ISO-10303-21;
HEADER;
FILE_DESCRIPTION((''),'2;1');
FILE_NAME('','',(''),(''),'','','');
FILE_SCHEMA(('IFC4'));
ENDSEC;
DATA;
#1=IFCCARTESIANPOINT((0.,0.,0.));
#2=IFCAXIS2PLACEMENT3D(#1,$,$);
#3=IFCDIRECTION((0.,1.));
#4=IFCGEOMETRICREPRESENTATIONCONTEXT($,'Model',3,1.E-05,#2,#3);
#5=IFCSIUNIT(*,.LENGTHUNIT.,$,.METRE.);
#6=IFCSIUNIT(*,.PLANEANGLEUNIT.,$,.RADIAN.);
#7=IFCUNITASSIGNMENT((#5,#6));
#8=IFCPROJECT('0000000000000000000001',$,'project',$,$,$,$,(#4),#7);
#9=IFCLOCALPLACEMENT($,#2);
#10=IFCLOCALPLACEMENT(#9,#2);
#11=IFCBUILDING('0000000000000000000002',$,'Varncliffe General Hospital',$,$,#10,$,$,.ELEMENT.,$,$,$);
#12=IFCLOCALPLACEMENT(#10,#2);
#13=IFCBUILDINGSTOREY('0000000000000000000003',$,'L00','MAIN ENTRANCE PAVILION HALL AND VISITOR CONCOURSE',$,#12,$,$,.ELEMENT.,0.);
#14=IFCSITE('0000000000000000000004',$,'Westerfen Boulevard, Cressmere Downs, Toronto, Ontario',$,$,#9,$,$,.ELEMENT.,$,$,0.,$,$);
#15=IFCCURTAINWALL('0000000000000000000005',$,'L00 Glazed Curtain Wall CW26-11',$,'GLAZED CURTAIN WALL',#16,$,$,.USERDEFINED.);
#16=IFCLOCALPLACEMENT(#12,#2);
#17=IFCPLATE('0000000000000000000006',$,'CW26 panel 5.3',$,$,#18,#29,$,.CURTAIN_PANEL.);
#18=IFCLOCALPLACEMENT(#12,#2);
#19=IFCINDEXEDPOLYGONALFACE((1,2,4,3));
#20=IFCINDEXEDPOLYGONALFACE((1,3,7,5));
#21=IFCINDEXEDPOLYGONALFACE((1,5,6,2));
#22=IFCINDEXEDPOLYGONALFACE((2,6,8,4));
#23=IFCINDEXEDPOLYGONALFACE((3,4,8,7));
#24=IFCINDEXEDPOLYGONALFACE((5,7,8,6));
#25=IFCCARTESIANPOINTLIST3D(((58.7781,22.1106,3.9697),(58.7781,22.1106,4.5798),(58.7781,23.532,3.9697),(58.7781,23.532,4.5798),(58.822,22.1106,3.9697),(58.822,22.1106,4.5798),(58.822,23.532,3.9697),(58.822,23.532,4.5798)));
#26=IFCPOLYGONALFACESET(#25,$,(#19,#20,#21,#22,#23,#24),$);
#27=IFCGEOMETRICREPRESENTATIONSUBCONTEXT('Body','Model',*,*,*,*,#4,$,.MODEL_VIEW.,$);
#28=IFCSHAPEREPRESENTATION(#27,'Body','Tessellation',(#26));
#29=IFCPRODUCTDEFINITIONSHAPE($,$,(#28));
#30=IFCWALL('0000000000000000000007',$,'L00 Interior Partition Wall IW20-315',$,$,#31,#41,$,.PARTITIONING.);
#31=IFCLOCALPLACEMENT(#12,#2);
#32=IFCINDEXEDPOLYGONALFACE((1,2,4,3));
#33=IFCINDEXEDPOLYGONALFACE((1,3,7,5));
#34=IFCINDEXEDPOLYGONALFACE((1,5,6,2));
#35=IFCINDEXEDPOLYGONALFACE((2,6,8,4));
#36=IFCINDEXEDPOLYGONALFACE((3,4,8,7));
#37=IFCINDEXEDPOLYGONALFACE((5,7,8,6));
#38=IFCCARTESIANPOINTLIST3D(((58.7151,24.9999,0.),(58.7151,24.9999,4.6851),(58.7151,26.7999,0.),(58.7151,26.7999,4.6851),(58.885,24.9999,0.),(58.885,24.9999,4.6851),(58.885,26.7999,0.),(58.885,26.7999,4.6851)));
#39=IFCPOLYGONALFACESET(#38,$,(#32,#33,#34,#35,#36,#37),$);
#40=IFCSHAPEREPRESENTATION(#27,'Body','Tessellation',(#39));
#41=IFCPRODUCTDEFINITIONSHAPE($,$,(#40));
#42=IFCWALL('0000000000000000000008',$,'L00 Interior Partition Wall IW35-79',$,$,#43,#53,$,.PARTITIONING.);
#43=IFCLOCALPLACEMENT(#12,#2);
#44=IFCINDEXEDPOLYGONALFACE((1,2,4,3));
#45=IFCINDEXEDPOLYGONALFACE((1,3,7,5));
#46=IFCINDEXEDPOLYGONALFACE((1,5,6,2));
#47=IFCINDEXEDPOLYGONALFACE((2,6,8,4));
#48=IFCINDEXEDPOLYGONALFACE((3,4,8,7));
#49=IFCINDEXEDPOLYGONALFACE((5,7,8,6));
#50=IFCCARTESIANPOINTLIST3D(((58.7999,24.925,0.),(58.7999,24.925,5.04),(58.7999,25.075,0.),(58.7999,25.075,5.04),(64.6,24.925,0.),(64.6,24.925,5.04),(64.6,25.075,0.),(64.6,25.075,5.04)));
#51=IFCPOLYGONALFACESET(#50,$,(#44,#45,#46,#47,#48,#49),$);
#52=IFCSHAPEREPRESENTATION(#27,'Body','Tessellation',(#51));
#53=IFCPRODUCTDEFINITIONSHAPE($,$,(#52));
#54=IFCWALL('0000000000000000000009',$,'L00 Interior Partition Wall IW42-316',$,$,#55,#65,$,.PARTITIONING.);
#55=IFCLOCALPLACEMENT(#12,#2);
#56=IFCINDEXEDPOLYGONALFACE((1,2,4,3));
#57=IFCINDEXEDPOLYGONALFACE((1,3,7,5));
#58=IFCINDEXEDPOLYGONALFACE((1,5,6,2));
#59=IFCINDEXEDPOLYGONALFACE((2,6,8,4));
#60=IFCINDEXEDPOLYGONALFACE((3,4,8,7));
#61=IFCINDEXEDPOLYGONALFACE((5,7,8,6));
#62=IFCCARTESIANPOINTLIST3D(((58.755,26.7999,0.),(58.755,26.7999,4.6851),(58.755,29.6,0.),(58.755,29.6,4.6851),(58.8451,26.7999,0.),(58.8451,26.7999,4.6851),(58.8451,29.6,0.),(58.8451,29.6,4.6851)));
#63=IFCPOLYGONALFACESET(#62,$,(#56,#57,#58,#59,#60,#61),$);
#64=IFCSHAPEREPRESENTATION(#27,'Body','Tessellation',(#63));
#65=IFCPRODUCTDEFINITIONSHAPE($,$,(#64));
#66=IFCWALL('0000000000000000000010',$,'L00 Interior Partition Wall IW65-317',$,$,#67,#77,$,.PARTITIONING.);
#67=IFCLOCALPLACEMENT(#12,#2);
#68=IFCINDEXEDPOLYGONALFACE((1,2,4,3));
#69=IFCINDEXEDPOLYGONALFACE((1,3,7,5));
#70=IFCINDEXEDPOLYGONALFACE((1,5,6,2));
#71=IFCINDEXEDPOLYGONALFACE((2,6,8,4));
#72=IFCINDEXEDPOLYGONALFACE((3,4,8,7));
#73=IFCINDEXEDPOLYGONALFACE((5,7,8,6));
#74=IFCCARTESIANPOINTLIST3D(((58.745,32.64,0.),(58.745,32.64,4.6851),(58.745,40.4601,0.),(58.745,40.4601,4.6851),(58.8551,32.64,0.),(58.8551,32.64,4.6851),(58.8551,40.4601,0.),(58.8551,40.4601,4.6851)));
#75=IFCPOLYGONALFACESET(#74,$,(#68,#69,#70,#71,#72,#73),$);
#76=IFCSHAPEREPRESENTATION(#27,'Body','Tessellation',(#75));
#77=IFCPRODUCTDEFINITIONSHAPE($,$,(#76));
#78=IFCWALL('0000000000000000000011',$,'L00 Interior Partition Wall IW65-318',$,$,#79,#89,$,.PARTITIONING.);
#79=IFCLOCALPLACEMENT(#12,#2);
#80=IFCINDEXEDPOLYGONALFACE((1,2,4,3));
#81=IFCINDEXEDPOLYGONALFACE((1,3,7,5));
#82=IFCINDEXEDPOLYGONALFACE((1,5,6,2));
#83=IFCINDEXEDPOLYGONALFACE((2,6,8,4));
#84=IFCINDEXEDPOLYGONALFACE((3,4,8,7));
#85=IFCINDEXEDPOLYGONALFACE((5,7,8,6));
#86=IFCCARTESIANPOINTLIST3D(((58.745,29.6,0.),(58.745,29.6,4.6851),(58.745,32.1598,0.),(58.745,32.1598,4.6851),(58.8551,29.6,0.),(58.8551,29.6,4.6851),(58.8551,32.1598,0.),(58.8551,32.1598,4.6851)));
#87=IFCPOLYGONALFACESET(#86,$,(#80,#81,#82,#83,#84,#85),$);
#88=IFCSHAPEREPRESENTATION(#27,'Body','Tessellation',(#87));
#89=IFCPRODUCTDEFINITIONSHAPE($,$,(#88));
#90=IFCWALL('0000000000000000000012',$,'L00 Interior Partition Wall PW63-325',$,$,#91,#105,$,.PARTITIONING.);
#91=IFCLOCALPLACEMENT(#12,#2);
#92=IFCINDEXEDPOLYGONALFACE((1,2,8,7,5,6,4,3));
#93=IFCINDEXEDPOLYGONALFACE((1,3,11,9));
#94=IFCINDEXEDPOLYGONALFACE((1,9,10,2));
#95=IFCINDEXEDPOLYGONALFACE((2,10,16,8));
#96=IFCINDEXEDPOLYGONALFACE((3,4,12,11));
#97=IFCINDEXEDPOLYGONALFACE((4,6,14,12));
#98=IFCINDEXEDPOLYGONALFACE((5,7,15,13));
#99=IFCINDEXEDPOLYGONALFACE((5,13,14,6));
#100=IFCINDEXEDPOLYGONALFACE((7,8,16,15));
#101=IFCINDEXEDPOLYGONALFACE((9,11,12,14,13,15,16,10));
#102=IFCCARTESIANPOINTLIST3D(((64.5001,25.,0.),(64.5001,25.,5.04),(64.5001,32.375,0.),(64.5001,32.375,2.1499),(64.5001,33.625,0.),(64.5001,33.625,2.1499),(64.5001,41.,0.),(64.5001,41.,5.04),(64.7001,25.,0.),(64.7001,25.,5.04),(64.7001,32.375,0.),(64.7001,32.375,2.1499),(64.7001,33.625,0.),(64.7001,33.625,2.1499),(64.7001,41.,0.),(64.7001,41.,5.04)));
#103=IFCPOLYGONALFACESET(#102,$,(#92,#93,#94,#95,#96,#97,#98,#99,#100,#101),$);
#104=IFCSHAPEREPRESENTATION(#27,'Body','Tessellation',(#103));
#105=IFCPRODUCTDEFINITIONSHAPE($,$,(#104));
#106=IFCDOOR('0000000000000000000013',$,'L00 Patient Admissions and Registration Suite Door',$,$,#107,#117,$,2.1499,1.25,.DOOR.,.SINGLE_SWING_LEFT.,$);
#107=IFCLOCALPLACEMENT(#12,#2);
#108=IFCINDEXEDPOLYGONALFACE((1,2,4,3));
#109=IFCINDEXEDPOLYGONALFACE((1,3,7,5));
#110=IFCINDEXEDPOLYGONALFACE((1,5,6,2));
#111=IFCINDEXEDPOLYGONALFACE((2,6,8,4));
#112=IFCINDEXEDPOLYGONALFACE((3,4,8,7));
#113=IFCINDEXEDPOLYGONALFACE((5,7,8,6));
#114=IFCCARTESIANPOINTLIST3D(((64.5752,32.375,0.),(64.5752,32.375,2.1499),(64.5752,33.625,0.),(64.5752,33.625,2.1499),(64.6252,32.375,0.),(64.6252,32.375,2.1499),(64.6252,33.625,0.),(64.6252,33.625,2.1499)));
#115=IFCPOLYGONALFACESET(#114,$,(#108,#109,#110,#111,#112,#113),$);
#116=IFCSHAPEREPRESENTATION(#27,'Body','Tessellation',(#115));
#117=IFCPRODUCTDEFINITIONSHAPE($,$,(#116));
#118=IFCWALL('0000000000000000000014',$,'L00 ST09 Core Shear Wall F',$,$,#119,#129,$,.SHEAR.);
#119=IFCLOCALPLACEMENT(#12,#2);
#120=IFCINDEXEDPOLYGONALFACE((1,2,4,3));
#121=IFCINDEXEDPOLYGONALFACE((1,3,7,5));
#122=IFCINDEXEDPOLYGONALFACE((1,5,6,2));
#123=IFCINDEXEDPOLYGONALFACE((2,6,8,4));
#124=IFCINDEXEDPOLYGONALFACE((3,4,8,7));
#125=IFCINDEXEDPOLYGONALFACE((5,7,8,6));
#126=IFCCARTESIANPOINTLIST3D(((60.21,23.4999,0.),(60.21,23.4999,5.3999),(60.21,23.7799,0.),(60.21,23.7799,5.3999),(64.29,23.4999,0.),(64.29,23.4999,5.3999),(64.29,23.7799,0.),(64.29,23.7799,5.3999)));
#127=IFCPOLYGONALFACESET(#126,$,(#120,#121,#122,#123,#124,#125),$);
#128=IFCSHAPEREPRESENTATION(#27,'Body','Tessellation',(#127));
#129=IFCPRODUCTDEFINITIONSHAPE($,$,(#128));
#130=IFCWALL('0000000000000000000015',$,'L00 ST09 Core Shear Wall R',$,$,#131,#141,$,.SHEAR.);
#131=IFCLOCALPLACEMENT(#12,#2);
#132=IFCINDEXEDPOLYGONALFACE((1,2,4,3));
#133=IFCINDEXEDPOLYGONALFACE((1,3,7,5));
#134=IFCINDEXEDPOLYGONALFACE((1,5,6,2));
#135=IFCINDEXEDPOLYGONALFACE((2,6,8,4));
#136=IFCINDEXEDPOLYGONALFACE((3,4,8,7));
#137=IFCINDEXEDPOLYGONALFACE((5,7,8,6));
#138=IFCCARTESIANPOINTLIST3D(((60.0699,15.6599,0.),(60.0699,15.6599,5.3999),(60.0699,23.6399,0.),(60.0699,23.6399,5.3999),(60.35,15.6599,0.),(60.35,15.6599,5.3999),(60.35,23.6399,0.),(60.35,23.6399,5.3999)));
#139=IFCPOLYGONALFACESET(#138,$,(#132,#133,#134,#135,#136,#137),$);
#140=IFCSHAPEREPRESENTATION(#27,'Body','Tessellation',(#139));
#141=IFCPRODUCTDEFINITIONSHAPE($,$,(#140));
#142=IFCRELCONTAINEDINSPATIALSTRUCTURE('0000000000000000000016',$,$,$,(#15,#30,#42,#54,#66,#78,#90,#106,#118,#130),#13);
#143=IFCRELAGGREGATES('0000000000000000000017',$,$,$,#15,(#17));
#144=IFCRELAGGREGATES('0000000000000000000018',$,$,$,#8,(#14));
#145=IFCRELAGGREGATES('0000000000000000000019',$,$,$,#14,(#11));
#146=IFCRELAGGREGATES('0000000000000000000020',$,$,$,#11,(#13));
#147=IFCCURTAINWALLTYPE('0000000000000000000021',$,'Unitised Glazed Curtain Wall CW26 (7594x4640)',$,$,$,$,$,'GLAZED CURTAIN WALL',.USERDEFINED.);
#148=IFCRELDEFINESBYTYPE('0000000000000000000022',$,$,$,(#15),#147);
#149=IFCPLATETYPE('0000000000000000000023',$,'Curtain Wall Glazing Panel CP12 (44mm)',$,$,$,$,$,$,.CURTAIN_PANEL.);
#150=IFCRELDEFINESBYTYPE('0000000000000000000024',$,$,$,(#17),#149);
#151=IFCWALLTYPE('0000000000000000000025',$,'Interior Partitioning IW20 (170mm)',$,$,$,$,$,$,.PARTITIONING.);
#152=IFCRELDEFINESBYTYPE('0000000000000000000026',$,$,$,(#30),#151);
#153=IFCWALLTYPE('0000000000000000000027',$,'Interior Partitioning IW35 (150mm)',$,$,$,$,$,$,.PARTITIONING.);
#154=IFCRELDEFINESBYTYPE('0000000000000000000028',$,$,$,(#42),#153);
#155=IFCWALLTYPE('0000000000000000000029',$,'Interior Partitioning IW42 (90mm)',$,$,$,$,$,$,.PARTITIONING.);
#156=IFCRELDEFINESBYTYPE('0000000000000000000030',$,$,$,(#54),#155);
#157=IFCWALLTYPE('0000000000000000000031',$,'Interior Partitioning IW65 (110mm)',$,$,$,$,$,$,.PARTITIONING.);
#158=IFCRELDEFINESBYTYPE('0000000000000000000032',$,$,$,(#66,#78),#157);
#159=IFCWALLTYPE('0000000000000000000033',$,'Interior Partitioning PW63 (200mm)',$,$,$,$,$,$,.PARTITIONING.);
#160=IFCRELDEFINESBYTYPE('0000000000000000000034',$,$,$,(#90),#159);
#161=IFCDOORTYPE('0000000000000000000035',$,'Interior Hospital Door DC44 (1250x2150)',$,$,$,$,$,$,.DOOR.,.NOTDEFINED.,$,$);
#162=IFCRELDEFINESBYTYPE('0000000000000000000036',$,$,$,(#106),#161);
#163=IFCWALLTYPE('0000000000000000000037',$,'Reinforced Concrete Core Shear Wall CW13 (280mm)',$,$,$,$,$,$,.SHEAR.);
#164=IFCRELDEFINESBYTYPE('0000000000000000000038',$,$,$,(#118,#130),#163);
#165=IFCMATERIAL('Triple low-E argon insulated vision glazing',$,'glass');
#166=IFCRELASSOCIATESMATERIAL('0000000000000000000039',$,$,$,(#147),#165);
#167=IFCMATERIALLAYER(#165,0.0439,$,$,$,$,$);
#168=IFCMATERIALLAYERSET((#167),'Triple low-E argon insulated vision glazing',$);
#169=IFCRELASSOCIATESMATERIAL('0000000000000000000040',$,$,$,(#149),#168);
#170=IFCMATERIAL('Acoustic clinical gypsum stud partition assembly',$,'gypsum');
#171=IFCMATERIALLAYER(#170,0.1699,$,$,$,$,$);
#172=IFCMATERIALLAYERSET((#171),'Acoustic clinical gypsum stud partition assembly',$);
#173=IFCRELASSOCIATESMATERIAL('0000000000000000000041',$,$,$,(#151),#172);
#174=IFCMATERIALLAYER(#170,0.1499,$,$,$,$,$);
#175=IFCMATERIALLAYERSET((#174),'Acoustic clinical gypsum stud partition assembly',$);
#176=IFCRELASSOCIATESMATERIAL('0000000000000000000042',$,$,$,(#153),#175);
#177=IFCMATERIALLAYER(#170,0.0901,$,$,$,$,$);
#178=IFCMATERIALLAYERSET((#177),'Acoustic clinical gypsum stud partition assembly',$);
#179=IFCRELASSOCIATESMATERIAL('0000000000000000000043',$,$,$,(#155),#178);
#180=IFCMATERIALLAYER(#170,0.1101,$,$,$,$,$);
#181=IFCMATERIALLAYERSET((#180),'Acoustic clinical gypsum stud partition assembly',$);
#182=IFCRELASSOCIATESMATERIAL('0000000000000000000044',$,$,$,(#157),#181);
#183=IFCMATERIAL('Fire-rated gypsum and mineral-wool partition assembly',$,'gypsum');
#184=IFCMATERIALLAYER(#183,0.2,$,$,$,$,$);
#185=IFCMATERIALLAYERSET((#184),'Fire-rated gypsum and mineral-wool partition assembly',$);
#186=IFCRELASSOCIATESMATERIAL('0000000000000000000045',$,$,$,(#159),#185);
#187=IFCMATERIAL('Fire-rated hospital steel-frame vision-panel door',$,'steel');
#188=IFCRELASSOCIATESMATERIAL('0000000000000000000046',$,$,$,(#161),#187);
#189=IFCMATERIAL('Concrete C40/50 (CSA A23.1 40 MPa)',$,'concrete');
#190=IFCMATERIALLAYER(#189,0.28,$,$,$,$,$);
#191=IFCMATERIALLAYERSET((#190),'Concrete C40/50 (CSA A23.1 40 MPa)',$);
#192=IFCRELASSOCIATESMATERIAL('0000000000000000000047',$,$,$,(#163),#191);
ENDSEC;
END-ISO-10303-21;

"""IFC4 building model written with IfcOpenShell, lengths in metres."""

from ifc_helpers import new_model, si_unit, direction, frame, frame_2d, origin, origin_2d, place, context, subcontext, project, spatial, rectangle, extrude, material, layer, layer_set, type_object, element, fill, aggregate, save


model = new_model("IFC4")

# Units and contexts
model_context = context("Model", 3, precision=1e-05, world=origin(), true_north=direction((0.0, 1.0)))
body_context = subcontext(model_context, "Body", "Model", "MODEL_VIEW")
ifc_project = project(units=[si_unit("LENGTHUNIT", "METRE"), si_unit("PLANEANGLEUNIT", "RADIAN")], contexts=[model_context])

# Site, building, storey
site_placement = place(None, origin())
site = spatial("IfcSite", under=ifc_project, at=site_placement, Name="Westerfen Boulevard, Cressmere Downs, Toronto, Ontario", CompositionType="ELEMENT", RefElevation=0.0)
building_placement = place(site_placement, origin())
building = spatial("IfcBuilding", under=site, at=building_placement, Name="Varncliffe General Hospital", CompositionType="ELEMENT")
storey_placement = place(building_placement, origin())
storey = spatial("IfcBuildingStorey", under=building, at=storey_placement, Name="L00", Description="MAIN ENTRANCE PAVILION HALL AND VISITOR CONCOURSE", CompositionType="ELEMENT", Elevation=0.0)

# Shared definitions
ifc_material_1 = material(Name="Concrete C40/50 (CSA A23.1 40 MPa)", Category="concrete")

# Curtain wall, plate
ifc_material_2 = material(Name="Triple low-E argon insulated vision glazing", Category="glass")
curtain_wall_type = type_object("IfcCurtainWallType", Name="Unitised Glazed Curtain Wall CW26 (7594x4640)", ElementType="GLAZED CURTAIN WALL", PredefinedType="USERDEFINED", material=ifc_material_2)
curtain_wall_placement = place(storey_placement, origin())
curtain_wall = element("IfcCurtainWall", 1, at=curtain_wall_placement, inside=storey, type_object=curtain_wall_type, Name="L00 Glazed Curtain Wall CW26-11", ObjectType="GLAZED CURTAIN WALL", PredefinedType="USERDEFINED")
ifc_layer_1 = layer(ifc_material_2, 0.0439)
ifc_layer_set_1 = layer_set([ifc_layer_1], Name="Triple low-E argon insulated vision glazing")
plate_type = type_object("IfcPlateType", Name="Curtain Wall Glazing Panel CP12 (44mm)", PredefinedType="CURTAIN_PANEL", material=ifc_layer_set_1)
plate_1_placement = place(storey_placement, frame((58.8, 22.8213, 3.9697), z_axis=(0.0, 0.0, 1.0), x_axis=(0.0, 1.0, 0.0)))
plate_1 = element("IfcPlate", 2, at=plate_1_placement, type_object=plate_type, Name="CW26 panel 5.3", PredefinedType="CURTAIN_PANEL", context=body_context, shape_type="SweptSolid", body=[
    extrude(rectangle(XDim=1.4214, YDim=0.0439, at=origin_2d()), origin(), (0.0, 0.0, 1.0), 0.6101),
])
aggregate(curtain_wall, [plate_1])

# Walls
ifc_material_3 = material(Name="Acoustic clinical gypsum stud partition assembly", Category="gypsum")
ifc_layer_2 = layer(ifc_material_3, 0.1699)
ifc_layer_set_2 = layer_set([ifc_layer_2], Name="Acoustic clinical gypsum stud partition assembly")
wall_type_1 = type_object("IfcWallType", Name="Interior Partitioning IW20 (170mm)", PredefinedType="PARTITIONING", material=ifc_layer_set_2)
wall_1_placement = place(storey_placement, frame((58.8, 25.0, 0.0), z_axis=(0.0, 0.0, 1.0), x_axis=(0.0, 1.0, 0.0)))
element("IfcWall", 3, at=wall_1_placement, inside=storey, type_object=wall_type_1, Name="L00 Interior Partition Wall IW20-315", PredefinedType="PARTITIONING", context=body_context, shape_type="SweptSolid", body=[
    extrude(rectangle(XDim=1.8, YDim=0.1699, at=frame_2d((0.8999, 0.0))), origin(), (0.0, 0.0, 1.0), 4.6851),
])
ifc_layer_3 = layer(ifc_material_3, 0.1499)
ifc_layer_set_3 = layer_set([ifc_layer_3], Name="Acoustic clinical gypsum stud partition assembly")
wall_type_2 = type_object("IfcWallType", Name="Interior Partitioning IW35 (150mm)", PredefinedType="PARTITIONING", material=ifc_layer_set_3)
wall_2_placement = place(storey_placement, frame((58.8, 25.0, 0.0), z_axis=(0.0, 0.0, 1.0), x_axis=(1.0, 0.0, 0.0)))
element("IfcWall", 4, at=wall_2_placement, inside=storey, type_object=wall_type_2, Name="L00 Interior Partition Wall IW35-79", PredefinedType="PARTITIONING", context=body_context, shape_type="SweptSolid", body=[
    extrude(rectangle(XDim=5.8, YDim=0.1499, at=frame_2d((2.8999, 0.0))), origin(), (0.0, 0.0, 1.0), 5.04),
])
ifc_layer_4 = layer(ifc_material_3, 0.0901)
ifc_layer_set_4 = layer_set([ifc_layer_4], Name="Acoustic clinical gypsum stud partition assembly")
wall_type_3 = type_object("IfcWallType", Name="Interior Partitioning IW42 (90mm)", PredefinedType="PARTITIONING", material=ifc_layer_set_4)
wall_3_placement = place(storey_placement, frame((58.8, 26.8, 0.0), z_axis=(0.0, 0.0, 1.0), x_axis=(0.0, 1.0, 0.0)))
element("IfcWall", 5, at=wall_3_placement, inside=storey, type_object=wall_type_3, Name="L00 Interior Partition Wall IW42-316", PredefinedType="PARTITIONING", context=body_context, shape_type="SweptSolid", body=[
    extrude(rectangle(XDim=2.8, YDim=0.0901, at=frame_2d((1.3999, 0.0))), origin(), (0.0, 0.0, 1.0), 4.6851),
])
ifc_layer_5 = layer(ifc_material_3, 0.1101)
ifc_layer_set_5 = layer_set([ifc_layer_5], Name="Acoustic clinical gypsum stud partition assembly")
wall_type_4 = type_object("IfcWallType", Name="Interior Partitioning IW65 (110mm)", PredefinedType="PARTITIONING", material=ifc_layer_set_5)
wall_4_placement = place(storey_placement, frame((58.8, 32.6399, 0.0), z_axis=(0.0, 0.0, 1.0), x_axis=(0.0, 1.0, 0.0)))
element("IfcWall", 6, at=wall_4_placement, inside=storey, type_object=wall_type_4, Name="L00 Interior Partition Wall IW65-317", PredefinedType="PARTITIONING", context=body_context, shape_type="SweptSolid", body=[
    extrude(rectangle(XDim=7.8201, YDim=0.1101, at=frame_2d((3.9102, 0.0))), origin(), (0.0, 0.0, 1.0), 4.6851),
])
wall_5_placement = place(storey_placement, frame((58.8, 29.6001, 0.0), z_axis=(0.0, 0.0, 1.0), x_axis=(0.0, 1.0, 0.0)))
element("IfcWall", 7, at=wall_5_placement, inside=storey, type_object=wall_type_4, Name="L00 Interior Partition Wall IW65-318", PredefinedType="PARTITIONING", context=body_context, shape_type="SweptSolid", body=[
    extrude(rectangle(XDim=2.5598, YDim=0.1101, at=frame_2d((1.2798, 0.0))), origin(), (0.0, 0.0, 1.0), 4.6851),
])

# Wall, opening, door
ifc_material_4 = material(Name="Fire-rated gypsum and mineral-wool partition assembly", Category="gypsum")
ifc_layer_6 = layer(ifc_material_4, 0.2)
ifc_layer_set_6 = layer_set([ifc_layer_6], Name="Fire-rated gypsum and mineral-wool partition assembly")
wall_type_5 = type_object("IfcWallType", Name="Interior Partitioning PW63 (200mm)", PredefinedType="PARTITIONING", material=ifc_layer_set_6)
wall_6_placement = place(storey_placement, frame((64.6001, 25.0, 0.0), z_axis=(0.0, 0.0, 1.0), x_axis=(0.0, 1.0, 0.0)))
wall_6 = element("IfcWall", 8, at=wall_6_placement, inside=storey, type_object=wall_type_5, Name="L00 Interior Partition Wall PW63-325", PredefinedType="PARTITIONING", context=body_context, shape_type="SweptSolid", body=[
    extrude(rectangle(XDim=16.0, YDim=0.2, at=frame_2d((8.0, 0.0))), origin(), (0.0, 0.0, 1.0), 5.04),
])
opening_placement = place(wall_6_placement, frame((7.375, 0.0, 0.0)))
opening = element("IfcOpeningElement", 9, at=opening_placement, cuts=wall_6, PredefinedType="OPENING", context=body_context, shape_type="SweptSolid", body=[
    extrude(rectangle(XDim=1.25, YDim=2.1499, at=frame_2d((0.625, 1.075))), frame((0.0, 0.1099, 0.0), z_axis=(0.0, -1.0, 0.0), x_axis=(1.0, 0.0, 0.0)), (0.0, 0.0, 1.0), 0.22),
])
ifc_material_5 = material(Name="Fire-rated hospital steel-frame vision-panel door", Category="steel")
door_type = type_object("IfcDoorType", Name="Interior Hospital Door DC44 (1250x2150)", OperationType="NOTDEFINED", PredefinedType="DOOR", material=ifc_material_5)
door_placement = place(opening_placement, origin())
door = element("IfcDoor", 10, at=door_placement, inside=storey, type_object=door_type, Name="L00 Patient Admissions and Registration Suite Door", OperationType="SINGLE_SWING_LEFT", OverallHeight=2.1499, OverallWidth=1.25, PredefinedType="DOOR", context=body_context, shape_type="SweptSolid", body=[
    extrude(rectangle(XDim=1.25, YDim=2.1499, at=frame_2d((0.625, 1.075))), frame((0.0, 0.0249, 0.0), z_axis=(0.0, -1.0, 0.0), x_axis=(1.0, 0.0, 0.0)), (0.0, 0.0, 1.0), 0.05),
])
fill(opening, door)

# Walls
ifc_layer_7 = layer(ifc_material_1, 0.28)
ifc_layer_set_7 = layer_set([ifc_layer_7], Name="Concrete C40/50 (CSA A23.1 40 MPa)")
wall_type_6 = type_object("IfcWallType", Name="Reinforced Concrete Core Shear Wall CW13 (280mm)", PredefinedType="SHEAR", material=ifc_layer_set_7)
wall_7_placement = place(storey_placement, frame((64.29, 23.6399, 0.0), z_axis=(0.0, 0.0, 1.0), x_axis=(-1.0, 0.0, 0.0)))
element("IfcWall", 11, at=wall_7_placement, inside=storey, type_object=wall_type_6, Name="L00 ST09 Core Shear Wall F", PredefinedType="SHEAR", context=body_context, shape_type="SweptSolid", body=[
    extrude(rectangle(XDim=4.0801, YDim=0.28, at=frame_2d((2.04, 0.0))), origin(), (0.0, 0.0, 1.0), 5.3999),
])
wall_8_placement = place(storey_placement, frame((60.21, 23.6399, 0.0), z_axis=(0.0, 0.0, 1.0), x_axis=(0.0, -1.0, 0.0)))
element("IfcWall", 12, at=wall_8_placement, inside=storey, type_object=wall_type_6, Name="L00 ST09 Core Shear Wall R", PredefinedType="SHEAR", context=body_context, shape_type="SweptSolid", body=[
    extrude(rectangle(XDim=7.98, YDim=0.28, at=frame_2d((3.99, 0.0))), origin(), (0.0, 0.0, 1.0), 5.3999),
])

save(model, "model.ifc")
